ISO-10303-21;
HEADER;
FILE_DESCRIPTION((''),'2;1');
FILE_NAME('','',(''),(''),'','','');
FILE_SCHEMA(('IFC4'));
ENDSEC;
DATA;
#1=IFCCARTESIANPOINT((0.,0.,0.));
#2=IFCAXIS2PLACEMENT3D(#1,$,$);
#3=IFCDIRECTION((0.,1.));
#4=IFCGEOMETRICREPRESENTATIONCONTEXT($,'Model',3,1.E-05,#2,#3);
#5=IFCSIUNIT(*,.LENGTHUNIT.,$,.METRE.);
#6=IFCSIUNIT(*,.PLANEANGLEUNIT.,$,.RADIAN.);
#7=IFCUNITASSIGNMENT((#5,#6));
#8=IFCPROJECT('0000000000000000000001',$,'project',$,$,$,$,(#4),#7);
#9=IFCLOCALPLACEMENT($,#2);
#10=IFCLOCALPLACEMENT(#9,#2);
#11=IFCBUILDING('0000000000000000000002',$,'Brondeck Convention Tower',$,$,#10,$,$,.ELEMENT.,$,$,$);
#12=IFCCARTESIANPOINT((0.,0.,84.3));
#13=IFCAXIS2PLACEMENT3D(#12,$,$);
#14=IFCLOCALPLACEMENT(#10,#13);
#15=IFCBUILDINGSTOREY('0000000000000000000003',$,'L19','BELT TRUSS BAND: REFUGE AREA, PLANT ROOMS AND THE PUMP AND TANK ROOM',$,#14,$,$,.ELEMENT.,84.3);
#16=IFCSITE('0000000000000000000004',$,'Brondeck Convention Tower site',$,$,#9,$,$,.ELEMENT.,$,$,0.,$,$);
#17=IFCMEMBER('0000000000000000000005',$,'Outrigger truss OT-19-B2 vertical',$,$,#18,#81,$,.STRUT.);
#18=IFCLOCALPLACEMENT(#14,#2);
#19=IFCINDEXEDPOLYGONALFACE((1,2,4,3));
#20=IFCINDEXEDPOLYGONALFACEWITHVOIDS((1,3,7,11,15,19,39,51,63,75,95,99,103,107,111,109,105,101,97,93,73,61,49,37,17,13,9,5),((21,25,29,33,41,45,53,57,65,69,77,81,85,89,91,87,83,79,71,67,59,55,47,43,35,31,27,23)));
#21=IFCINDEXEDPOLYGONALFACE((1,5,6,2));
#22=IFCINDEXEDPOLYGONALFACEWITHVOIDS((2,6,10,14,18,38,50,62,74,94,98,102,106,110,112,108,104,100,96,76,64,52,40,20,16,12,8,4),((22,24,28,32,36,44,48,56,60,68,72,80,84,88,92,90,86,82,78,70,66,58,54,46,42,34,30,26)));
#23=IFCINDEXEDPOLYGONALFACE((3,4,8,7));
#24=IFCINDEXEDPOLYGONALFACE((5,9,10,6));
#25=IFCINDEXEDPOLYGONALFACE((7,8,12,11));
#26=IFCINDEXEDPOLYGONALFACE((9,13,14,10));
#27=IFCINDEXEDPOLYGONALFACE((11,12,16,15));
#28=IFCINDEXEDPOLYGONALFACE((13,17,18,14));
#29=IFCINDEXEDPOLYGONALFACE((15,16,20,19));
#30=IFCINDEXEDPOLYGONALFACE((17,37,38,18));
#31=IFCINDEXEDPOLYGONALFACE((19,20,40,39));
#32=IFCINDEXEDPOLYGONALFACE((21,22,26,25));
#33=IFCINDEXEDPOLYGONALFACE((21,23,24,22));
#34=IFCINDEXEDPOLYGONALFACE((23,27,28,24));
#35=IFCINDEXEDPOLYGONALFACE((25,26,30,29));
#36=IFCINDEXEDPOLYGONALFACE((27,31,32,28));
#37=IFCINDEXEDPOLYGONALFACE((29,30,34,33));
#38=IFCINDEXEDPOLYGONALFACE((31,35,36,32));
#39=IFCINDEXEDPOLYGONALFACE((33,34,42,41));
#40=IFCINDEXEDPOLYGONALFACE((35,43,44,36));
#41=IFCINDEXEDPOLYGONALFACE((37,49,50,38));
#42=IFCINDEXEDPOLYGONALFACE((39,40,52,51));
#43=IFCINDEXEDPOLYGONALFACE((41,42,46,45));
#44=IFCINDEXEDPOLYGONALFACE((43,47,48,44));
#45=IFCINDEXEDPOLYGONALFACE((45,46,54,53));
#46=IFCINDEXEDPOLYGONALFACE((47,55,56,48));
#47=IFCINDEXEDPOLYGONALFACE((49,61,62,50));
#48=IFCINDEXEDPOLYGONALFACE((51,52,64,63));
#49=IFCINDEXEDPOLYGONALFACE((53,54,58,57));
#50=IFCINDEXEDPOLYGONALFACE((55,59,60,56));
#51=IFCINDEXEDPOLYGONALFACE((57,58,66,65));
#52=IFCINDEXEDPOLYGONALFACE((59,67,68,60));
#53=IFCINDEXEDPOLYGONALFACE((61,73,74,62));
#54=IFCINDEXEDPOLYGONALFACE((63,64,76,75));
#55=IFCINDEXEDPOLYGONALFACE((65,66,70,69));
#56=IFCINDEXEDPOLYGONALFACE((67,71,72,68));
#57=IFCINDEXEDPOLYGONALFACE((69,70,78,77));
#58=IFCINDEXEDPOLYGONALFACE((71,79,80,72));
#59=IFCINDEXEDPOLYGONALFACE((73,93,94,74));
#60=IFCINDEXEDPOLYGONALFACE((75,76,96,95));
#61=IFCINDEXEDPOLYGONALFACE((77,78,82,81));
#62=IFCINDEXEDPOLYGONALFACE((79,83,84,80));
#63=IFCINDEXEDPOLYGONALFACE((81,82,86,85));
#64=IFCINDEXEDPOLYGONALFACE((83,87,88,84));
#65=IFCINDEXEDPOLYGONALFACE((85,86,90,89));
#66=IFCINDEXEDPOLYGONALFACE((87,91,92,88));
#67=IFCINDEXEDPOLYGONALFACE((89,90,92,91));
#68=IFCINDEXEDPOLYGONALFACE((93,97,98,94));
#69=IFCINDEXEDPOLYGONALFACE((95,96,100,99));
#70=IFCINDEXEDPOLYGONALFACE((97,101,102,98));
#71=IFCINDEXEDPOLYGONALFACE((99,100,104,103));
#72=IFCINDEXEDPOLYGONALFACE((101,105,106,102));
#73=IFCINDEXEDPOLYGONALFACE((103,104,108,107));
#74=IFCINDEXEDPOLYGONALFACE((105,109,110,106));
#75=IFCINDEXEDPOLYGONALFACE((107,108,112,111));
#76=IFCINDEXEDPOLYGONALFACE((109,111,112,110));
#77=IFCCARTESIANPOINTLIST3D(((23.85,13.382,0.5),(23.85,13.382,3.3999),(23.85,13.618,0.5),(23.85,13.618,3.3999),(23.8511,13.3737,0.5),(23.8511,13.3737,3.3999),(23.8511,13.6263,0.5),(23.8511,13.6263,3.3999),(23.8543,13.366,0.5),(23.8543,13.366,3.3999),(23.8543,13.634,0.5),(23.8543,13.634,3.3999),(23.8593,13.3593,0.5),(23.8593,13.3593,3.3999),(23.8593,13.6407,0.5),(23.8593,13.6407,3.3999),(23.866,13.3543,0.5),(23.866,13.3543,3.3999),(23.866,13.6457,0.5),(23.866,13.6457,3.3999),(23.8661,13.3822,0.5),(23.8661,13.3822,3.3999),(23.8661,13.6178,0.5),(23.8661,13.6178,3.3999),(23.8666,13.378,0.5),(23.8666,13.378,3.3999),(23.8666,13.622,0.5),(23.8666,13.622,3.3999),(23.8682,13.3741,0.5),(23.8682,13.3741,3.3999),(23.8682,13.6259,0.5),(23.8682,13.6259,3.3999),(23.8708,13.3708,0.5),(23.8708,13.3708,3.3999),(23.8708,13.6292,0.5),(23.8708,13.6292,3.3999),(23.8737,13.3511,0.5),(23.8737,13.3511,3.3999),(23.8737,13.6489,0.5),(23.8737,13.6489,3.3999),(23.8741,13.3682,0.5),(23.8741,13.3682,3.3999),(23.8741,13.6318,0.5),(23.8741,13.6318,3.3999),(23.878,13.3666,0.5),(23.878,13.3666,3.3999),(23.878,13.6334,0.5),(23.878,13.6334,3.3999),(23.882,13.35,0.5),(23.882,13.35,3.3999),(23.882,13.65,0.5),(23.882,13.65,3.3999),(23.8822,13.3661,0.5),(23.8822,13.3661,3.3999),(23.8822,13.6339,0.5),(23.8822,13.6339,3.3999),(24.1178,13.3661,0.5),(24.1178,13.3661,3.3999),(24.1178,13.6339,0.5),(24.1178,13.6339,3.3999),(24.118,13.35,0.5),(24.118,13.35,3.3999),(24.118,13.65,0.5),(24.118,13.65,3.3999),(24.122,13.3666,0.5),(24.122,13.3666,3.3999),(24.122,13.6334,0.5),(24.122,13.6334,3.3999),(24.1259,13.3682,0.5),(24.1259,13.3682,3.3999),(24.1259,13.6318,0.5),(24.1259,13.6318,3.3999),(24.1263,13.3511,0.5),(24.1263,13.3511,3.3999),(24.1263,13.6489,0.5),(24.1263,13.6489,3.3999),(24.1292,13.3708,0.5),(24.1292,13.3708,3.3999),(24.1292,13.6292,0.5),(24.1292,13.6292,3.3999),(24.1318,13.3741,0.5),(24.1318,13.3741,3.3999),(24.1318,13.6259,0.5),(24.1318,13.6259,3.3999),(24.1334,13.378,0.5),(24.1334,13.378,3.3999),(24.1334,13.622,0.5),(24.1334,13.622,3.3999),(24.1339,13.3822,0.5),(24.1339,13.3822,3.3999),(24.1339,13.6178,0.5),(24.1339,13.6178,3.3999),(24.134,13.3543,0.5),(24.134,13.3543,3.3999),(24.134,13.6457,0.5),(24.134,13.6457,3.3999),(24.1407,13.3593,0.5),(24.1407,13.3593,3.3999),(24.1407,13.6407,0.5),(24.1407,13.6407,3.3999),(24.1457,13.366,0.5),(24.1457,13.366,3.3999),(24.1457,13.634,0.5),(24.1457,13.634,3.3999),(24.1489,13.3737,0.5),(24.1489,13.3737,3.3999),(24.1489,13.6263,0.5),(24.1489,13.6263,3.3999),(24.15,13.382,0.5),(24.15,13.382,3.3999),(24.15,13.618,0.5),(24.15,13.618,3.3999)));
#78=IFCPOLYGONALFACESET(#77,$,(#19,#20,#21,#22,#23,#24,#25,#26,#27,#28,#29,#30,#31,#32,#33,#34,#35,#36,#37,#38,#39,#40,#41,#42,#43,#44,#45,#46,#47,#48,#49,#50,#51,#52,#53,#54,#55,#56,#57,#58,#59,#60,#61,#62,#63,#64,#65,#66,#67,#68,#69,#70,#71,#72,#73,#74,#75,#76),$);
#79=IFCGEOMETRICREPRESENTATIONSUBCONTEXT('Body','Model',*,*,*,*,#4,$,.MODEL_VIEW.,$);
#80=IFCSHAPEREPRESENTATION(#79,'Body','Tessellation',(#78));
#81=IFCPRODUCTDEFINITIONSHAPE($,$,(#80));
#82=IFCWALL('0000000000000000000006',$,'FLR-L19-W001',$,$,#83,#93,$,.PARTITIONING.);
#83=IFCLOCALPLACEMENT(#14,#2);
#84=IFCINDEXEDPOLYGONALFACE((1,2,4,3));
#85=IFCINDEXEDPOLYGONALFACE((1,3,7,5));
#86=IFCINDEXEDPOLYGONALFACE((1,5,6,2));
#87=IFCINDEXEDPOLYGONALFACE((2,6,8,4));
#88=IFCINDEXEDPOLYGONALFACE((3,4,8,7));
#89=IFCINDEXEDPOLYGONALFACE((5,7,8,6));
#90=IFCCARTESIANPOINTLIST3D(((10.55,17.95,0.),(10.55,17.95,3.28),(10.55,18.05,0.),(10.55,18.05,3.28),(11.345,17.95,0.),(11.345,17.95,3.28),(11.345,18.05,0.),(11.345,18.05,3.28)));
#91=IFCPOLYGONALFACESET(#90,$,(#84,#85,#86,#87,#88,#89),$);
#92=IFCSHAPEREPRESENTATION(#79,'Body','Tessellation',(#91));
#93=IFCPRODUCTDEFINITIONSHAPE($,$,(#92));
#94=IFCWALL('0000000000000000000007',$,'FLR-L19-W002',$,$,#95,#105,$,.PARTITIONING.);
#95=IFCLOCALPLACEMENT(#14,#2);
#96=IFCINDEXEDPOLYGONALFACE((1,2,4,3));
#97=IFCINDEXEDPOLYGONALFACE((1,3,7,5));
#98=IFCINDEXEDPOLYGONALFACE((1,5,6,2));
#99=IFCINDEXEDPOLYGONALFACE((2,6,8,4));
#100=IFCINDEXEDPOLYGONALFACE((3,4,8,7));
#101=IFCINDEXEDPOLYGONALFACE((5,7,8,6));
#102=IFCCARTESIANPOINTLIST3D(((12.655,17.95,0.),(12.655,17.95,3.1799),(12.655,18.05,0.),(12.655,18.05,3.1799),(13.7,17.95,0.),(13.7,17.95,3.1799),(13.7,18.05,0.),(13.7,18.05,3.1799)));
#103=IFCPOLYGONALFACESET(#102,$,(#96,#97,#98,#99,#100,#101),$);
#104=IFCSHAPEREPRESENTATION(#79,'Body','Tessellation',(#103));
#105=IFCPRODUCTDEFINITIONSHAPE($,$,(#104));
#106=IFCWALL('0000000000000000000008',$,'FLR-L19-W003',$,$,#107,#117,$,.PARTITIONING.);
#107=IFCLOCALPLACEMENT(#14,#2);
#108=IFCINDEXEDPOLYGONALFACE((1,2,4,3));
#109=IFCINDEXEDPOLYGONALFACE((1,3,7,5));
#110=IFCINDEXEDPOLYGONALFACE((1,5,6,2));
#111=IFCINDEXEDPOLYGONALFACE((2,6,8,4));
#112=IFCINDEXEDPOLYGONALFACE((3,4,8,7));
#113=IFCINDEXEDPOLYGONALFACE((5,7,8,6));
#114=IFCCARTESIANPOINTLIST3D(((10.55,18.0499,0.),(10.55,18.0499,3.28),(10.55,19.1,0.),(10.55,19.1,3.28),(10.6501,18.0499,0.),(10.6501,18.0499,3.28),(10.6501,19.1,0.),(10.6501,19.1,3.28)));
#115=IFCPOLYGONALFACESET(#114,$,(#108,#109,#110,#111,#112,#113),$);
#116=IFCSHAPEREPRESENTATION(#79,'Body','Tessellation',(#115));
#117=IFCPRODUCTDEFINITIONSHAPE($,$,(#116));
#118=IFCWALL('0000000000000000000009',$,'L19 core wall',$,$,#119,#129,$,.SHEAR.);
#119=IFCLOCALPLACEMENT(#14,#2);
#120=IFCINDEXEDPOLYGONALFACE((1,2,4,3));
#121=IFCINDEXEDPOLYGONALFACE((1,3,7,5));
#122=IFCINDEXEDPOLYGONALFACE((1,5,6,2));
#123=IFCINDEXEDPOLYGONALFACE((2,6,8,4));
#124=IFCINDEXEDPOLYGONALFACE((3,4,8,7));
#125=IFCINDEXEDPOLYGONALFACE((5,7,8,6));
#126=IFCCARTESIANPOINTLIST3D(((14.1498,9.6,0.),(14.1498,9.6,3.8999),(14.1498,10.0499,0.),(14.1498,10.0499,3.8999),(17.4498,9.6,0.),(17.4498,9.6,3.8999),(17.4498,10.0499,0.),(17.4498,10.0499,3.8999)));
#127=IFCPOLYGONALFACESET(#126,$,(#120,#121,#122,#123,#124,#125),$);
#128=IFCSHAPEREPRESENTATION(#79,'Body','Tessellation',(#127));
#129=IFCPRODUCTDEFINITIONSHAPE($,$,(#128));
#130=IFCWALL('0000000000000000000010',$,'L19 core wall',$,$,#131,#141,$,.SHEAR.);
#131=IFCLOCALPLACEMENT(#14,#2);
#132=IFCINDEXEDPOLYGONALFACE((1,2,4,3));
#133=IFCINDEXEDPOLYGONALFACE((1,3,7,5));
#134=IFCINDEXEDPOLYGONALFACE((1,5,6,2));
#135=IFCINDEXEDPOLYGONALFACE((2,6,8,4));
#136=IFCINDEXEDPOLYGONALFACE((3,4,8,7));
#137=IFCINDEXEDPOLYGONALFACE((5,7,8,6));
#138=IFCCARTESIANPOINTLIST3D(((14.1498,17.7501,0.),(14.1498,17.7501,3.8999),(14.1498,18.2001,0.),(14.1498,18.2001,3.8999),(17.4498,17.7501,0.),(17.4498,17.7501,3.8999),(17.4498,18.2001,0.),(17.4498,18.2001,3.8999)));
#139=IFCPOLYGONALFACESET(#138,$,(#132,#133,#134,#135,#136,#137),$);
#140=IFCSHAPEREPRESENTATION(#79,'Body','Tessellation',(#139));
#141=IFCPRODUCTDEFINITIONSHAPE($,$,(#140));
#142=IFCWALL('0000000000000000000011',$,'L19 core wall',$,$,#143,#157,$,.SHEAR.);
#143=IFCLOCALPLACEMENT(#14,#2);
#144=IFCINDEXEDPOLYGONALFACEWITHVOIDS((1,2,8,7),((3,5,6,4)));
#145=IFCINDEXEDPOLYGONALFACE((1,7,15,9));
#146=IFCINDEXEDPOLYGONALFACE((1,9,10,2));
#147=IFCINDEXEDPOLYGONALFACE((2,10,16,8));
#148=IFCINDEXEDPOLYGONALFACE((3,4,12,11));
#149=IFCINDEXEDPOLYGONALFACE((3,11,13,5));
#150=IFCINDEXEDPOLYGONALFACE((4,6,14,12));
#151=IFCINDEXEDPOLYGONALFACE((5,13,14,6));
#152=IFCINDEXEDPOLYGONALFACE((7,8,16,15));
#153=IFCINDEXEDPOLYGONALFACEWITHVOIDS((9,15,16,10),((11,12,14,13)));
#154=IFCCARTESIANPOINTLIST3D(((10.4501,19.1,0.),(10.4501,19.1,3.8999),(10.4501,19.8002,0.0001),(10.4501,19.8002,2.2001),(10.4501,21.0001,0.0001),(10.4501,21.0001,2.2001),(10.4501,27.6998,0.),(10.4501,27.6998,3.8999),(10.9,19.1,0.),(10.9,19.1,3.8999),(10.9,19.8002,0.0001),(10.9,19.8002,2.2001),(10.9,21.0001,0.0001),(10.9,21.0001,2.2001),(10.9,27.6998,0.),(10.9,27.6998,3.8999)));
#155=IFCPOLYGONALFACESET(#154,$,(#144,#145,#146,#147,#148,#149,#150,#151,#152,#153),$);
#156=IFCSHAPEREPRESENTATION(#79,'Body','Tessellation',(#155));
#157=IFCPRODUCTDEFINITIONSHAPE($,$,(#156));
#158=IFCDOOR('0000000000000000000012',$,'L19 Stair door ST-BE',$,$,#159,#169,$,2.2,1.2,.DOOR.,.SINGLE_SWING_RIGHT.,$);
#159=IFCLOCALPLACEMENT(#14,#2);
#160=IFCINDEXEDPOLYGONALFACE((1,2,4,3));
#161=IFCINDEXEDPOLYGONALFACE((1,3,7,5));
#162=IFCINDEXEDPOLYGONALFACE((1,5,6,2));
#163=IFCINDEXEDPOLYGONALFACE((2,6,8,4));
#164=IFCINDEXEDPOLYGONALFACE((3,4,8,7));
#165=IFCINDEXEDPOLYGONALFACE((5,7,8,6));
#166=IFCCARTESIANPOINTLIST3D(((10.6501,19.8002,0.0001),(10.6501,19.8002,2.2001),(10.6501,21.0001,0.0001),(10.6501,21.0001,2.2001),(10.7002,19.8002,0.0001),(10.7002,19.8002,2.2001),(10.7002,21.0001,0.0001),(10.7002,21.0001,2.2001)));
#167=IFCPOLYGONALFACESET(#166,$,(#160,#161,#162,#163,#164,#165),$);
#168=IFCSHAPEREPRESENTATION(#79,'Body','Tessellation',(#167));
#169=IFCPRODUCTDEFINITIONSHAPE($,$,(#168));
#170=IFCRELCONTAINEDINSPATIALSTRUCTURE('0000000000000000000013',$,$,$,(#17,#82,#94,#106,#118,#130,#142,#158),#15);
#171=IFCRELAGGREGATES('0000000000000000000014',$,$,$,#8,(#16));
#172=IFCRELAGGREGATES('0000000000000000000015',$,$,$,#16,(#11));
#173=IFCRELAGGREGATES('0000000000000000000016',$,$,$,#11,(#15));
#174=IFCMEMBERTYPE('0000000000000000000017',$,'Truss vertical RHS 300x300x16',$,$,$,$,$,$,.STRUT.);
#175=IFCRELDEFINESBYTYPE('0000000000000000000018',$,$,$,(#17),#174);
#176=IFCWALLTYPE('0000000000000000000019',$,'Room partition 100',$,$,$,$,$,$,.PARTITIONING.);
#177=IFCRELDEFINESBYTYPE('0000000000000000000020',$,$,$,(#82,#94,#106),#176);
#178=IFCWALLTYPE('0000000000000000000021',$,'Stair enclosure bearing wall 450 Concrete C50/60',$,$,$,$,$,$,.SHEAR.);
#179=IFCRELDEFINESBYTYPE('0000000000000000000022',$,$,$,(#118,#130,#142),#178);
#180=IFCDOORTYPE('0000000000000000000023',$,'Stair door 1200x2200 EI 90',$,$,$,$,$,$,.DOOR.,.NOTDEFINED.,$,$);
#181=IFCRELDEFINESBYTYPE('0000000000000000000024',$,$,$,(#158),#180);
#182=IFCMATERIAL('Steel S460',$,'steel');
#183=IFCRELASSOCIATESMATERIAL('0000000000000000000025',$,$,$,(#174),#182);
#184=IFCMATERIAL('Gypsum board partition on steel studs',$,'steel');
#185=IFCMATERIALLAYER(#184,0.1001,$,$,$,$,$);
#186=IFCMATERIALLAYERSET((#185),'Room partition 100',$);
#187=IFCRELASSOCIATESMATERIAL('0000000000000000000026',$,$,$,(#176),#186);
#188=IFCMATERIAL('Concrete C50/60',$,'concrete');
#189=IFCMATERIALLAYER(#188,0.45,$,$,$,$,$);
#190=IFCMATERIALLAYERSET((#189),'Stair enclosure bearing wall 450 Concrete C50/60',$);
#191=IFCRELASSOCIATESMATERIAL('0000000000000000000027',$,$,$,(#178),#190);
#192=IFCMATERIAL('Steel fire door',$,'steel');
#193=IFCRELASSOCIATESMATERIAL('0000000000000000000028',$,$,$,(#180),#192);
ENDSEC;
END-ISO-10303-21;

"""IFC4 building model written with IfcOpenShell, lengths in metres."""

from ifc_helpers import new_model, si_unit, direction, frame, frame_2d, origin, origin_2d, place, context, subcontext, project, spatial, rectangle, hollow_rectangle, extrude, material, layer, layer_set, material_profile, profile_set, type_object, element, fill, save


model = new_model("IFC4")

# Units and contexts
model_context = context("Model", 3, precision=1e-05, world=origin(), true_north=direction((0.0, 1.0)))
body_context = subcontext(model_context, "Body", "Model", "MODEL_VIEW")
ifc_project = project(units=[si_unit("LENGTHUNIT", "METRE"), si_unit("PLANEANGLEUNIT", "RADIAN")], contexts=[model_context])

# Site, building, storey
site_placement = place(None, origin())
site = spatial("IfcSite", under=ifc_project, at=site_placement, Name="Brondeck Convention Tower site", CompositionType="ELEMENT", RefElevation=0.0)
building_placement = place(site_placement, origin())
building = spatial("IfcBuilding", under=site, at=building_placement, Name="Brondeck Convention Tower", CompositionType="ELEMENT")
storey_placement = place(building_placement, frame((0.0, 0.0, 84.3)))
storey = spatial("IfcBuildingStorey", under=building, at=storey_placement, Name="L19", Description="BELT TRUSS BAND: REFUGE AREA, PLANT ROOMS AND THE PUMP AND TANK ROOM", CompositionType="ELEMENT", Elevation=84.3)

# Member
ifc_material_1 = material(Name="Steel S460", Category="steel")
ifc_material_profile_1 = material_profile(ifc_material_1, hollow_rectangle(XDim=0.3, YDim=0.3, WallThickness=0.0161, InnerFilletRadius=0.0161, OuterFilletRadius=0.032, at=origin_2d()), Name="RHS 300x300x16")
ifc_profile_set_1 = profile_set([ifc_material_profile_1], Name="Steel S460")
member_type_1 = type_object("IfcMemberType", Name="Truss vertical RHS 300x300x16", PredefinedType="STRUT", material=ifc_profile_set_1)
member_placement = place(storey_placement, frame((24.0, 13.5, 0.5), z_axis=(0.0, 0.0, 1.0), x_axis=(1.0, 0.0, 0.0)))
element("IfcMember", 1, at=member_placement, inside=storey, type_object=member_type_1, Name="Outrigger truss OT-19-B2 vertical", PredefinedType="STRUT", context=body_context, shape_type="SweptSolid", body=[
    extrude(hollow_rectangle(XDim=0.3, YDim=0.3, WallThickness=0.0161, InnerFilletRadius=0.0161, OuterFilletRadius=0.032, at=origin_2d()), origin(), (0.0, 0.0, 1.0), 2.8999),
])

# Walls
ifc_material_2 = material(Name="Gypsum board partition on steel studs", Category="steel")
ifc_layer_1 = layer(ifc_material_2, 0.1001)
ifc_layer_set_1 = layer_set([ifc_layer_1], Name="Room partition 100")
wall_type_1 = type_object("IfcWallType", Name="Room partition 100", PredefinedType="PARTITIONING", material=ifc_layer_set_1)
wall_1_placement = place(storey_placement, frame((11.345, 18.0, 0.0), z_axis=(0.0, 0.0, 1.0), x_axis=(-1.0, 0.0, 0.0)))
element("IfcWall", 2, at=wall_1_placement, inside=storey, type_object=wall_type_1, Name="FLR-L19-W001", PredefinedType="PARTITIONING", context=body_context, shape_type="SweptSolid", body=[
    extrude(rectangle(XDim=0.7949, YDim=0.1001, at=frame_2d((0.3975, 0.0))), origin(), (0.0, 0.0, 1.0), 3.28),
])
wall_2_placement = place(storey_placement, frame((13.7, 18.0, 0.0), z_axis=(0.0, 0.0, 1.0), x_axis=(-1.0, 0.0, 0.0)))
element("IfcWall", 3, at=wall_2_placement, inside=storey, type_object=wall_type_1, Name="FLR-L19-W002", PredefinedType="PARTITIONING", context=body_context, shape_type="SweptSolid", body=[
    extrude(rectangle(XDim=1.0449, YDim=0.1001, at=frame_2d((0.5225, 0.0))), origin(), (0.0, 0.0, 1.0), 3.1799),
])
wall_3_placement = place(storey_placement, frame((10.6001, 18.05, 0.0), z_axis=(0.0, 0.0, 1.0), x_axis=(0.0, 1.0, 0.0)))
element("IfcWall", 4, at=wall_3_placement, inside=storey, type_object=wall_type_1, Name="FLR-L19-W003", PredefinedType="PARTITIONING", context=body_context, shape_type="SweptSolid", body=[
    extrude(rectangle(XDim=1.05, YDim=0.1001, at=frame_2d((0.5249, 0.0))), origin(), (0.0, 0.0, 1.0), 3.28),
])
ifc_material_3 = material(Name="Concrete C50/60", Category="concrete")
ifc_layer_2 = layer(ifc_material_3, 0.45)
ifc_layer_set_2 = layer_set([ifc_layer_2], Name="Stair enclosure bearing wall 450 Concrete C50/60")
wall_type_2 = type_object("IfcWallType", Name="Stair enclosure bearing wall 450 Concrete C50/60", PredefinedType="SHEAR", material=ifc_layer_set_2)
for number, where, z_axis, x_axis, name in (
    (5, (14.1499, 9.825, 0.0), (0.0, 0.0, 1.0), (1.0, 0.0, 0.0), "L19 core wall"),
    (6, (14.1499, 17.9751, 0.0), (0.0, 0.0, 1.0), (1.0, 0.0, 0.0), "L19 core wall"),
):
    element("IfcWall", number, at=place(storey_placement, frame(where, z_axis=z_axis, x_axis=x_axis)), inside=storey, type_object=wall_type_2, Name=name, PredefinedType="SHEAR", context=body_context, shape_type="SweptSolid", body=[
        extrude(rectangle(XDim=3.3, YDim=0.45, at=frame_2d((1.6499, 0.0))), origin(), (0.0, 0.0, 1.0), 3.8999),
    ])

# Wall, opening, door
wall_4_placement = place(storey_placement, frame((10.675, 19.1001, 0.0), z_axis=(0.0, 0.0, 1.0), x_axis=(0.0, 1.0, 0.0)))
wall_4 = element("IfcWall", 7, at=wall_4_placement, inside=storey, type_object=wall_type_2, Name="L19 core wall", PredefinedType="SHEAR", context=body_context, shape_type="SweptSolid", body=[
    extrude(rectangle(XDim=8.5999, YDim=0.45, at=frame_2d((4.2998, 0.0))), origin(), (0.0, 0.0, 1.0), 3.8999),
])
opening_1_placement = place(wall_4_placement, frame((0.7, 0.0, 0.0)))
opening_1 = element("IfcOpeningElement", 8, at=opening_1_placement, cuts=wall_4, PredefinedType="OPENING", context=body_context, shape_type="SweptSolid", body=[
    extrude(rectangle(XDim=1.2, YDim=2.2, at=frame_2d((0.6001, 1.1001))), frame((0.0, 0.2349, 0.0), z_axis=(0.0, -1.0, 0.0), x_axis=(1.0, 0.0, 0.0)), (0.0, 0.0, 1.0), 0.47),
])
ifc_material_4 = material(Name="Steel fire door", Category="steel")
door_type = type_object("IfcDoorType", Name="Stair door 1200x2200 EI 90", OperationType="NOTDEFINED", PredefinedType="DOOR", material=ifc_material_4)
door_1_placement = place(opening_1_placement, origin())
door_1 = element("IfcDoor", 9, at=door_1_placement, inside=storey, type_object=door_type, Name="L19 Stair door ST-BE", OperationType="SINGLE_SWING_RIGHT", OverallHeight=2.2, OverallWidth=1.2, PredefinedType="DOOR", context=body_context, shape_type="SweptSolid", body=[
    extrude(rectangle(XDim=1.2, YDim=2.2, at=frame_2d((0.6001, 1.1001))), frame((0.0, 0.0249, 0.0), z_axis=(0.0, -1.0, 0.0), x_axis=(1.0, 0.0, 0.0)), (0.0, 0.0, 1.0), 0.05),
])
fill(opening_1, door_1)

save(model, "model.ifc")
